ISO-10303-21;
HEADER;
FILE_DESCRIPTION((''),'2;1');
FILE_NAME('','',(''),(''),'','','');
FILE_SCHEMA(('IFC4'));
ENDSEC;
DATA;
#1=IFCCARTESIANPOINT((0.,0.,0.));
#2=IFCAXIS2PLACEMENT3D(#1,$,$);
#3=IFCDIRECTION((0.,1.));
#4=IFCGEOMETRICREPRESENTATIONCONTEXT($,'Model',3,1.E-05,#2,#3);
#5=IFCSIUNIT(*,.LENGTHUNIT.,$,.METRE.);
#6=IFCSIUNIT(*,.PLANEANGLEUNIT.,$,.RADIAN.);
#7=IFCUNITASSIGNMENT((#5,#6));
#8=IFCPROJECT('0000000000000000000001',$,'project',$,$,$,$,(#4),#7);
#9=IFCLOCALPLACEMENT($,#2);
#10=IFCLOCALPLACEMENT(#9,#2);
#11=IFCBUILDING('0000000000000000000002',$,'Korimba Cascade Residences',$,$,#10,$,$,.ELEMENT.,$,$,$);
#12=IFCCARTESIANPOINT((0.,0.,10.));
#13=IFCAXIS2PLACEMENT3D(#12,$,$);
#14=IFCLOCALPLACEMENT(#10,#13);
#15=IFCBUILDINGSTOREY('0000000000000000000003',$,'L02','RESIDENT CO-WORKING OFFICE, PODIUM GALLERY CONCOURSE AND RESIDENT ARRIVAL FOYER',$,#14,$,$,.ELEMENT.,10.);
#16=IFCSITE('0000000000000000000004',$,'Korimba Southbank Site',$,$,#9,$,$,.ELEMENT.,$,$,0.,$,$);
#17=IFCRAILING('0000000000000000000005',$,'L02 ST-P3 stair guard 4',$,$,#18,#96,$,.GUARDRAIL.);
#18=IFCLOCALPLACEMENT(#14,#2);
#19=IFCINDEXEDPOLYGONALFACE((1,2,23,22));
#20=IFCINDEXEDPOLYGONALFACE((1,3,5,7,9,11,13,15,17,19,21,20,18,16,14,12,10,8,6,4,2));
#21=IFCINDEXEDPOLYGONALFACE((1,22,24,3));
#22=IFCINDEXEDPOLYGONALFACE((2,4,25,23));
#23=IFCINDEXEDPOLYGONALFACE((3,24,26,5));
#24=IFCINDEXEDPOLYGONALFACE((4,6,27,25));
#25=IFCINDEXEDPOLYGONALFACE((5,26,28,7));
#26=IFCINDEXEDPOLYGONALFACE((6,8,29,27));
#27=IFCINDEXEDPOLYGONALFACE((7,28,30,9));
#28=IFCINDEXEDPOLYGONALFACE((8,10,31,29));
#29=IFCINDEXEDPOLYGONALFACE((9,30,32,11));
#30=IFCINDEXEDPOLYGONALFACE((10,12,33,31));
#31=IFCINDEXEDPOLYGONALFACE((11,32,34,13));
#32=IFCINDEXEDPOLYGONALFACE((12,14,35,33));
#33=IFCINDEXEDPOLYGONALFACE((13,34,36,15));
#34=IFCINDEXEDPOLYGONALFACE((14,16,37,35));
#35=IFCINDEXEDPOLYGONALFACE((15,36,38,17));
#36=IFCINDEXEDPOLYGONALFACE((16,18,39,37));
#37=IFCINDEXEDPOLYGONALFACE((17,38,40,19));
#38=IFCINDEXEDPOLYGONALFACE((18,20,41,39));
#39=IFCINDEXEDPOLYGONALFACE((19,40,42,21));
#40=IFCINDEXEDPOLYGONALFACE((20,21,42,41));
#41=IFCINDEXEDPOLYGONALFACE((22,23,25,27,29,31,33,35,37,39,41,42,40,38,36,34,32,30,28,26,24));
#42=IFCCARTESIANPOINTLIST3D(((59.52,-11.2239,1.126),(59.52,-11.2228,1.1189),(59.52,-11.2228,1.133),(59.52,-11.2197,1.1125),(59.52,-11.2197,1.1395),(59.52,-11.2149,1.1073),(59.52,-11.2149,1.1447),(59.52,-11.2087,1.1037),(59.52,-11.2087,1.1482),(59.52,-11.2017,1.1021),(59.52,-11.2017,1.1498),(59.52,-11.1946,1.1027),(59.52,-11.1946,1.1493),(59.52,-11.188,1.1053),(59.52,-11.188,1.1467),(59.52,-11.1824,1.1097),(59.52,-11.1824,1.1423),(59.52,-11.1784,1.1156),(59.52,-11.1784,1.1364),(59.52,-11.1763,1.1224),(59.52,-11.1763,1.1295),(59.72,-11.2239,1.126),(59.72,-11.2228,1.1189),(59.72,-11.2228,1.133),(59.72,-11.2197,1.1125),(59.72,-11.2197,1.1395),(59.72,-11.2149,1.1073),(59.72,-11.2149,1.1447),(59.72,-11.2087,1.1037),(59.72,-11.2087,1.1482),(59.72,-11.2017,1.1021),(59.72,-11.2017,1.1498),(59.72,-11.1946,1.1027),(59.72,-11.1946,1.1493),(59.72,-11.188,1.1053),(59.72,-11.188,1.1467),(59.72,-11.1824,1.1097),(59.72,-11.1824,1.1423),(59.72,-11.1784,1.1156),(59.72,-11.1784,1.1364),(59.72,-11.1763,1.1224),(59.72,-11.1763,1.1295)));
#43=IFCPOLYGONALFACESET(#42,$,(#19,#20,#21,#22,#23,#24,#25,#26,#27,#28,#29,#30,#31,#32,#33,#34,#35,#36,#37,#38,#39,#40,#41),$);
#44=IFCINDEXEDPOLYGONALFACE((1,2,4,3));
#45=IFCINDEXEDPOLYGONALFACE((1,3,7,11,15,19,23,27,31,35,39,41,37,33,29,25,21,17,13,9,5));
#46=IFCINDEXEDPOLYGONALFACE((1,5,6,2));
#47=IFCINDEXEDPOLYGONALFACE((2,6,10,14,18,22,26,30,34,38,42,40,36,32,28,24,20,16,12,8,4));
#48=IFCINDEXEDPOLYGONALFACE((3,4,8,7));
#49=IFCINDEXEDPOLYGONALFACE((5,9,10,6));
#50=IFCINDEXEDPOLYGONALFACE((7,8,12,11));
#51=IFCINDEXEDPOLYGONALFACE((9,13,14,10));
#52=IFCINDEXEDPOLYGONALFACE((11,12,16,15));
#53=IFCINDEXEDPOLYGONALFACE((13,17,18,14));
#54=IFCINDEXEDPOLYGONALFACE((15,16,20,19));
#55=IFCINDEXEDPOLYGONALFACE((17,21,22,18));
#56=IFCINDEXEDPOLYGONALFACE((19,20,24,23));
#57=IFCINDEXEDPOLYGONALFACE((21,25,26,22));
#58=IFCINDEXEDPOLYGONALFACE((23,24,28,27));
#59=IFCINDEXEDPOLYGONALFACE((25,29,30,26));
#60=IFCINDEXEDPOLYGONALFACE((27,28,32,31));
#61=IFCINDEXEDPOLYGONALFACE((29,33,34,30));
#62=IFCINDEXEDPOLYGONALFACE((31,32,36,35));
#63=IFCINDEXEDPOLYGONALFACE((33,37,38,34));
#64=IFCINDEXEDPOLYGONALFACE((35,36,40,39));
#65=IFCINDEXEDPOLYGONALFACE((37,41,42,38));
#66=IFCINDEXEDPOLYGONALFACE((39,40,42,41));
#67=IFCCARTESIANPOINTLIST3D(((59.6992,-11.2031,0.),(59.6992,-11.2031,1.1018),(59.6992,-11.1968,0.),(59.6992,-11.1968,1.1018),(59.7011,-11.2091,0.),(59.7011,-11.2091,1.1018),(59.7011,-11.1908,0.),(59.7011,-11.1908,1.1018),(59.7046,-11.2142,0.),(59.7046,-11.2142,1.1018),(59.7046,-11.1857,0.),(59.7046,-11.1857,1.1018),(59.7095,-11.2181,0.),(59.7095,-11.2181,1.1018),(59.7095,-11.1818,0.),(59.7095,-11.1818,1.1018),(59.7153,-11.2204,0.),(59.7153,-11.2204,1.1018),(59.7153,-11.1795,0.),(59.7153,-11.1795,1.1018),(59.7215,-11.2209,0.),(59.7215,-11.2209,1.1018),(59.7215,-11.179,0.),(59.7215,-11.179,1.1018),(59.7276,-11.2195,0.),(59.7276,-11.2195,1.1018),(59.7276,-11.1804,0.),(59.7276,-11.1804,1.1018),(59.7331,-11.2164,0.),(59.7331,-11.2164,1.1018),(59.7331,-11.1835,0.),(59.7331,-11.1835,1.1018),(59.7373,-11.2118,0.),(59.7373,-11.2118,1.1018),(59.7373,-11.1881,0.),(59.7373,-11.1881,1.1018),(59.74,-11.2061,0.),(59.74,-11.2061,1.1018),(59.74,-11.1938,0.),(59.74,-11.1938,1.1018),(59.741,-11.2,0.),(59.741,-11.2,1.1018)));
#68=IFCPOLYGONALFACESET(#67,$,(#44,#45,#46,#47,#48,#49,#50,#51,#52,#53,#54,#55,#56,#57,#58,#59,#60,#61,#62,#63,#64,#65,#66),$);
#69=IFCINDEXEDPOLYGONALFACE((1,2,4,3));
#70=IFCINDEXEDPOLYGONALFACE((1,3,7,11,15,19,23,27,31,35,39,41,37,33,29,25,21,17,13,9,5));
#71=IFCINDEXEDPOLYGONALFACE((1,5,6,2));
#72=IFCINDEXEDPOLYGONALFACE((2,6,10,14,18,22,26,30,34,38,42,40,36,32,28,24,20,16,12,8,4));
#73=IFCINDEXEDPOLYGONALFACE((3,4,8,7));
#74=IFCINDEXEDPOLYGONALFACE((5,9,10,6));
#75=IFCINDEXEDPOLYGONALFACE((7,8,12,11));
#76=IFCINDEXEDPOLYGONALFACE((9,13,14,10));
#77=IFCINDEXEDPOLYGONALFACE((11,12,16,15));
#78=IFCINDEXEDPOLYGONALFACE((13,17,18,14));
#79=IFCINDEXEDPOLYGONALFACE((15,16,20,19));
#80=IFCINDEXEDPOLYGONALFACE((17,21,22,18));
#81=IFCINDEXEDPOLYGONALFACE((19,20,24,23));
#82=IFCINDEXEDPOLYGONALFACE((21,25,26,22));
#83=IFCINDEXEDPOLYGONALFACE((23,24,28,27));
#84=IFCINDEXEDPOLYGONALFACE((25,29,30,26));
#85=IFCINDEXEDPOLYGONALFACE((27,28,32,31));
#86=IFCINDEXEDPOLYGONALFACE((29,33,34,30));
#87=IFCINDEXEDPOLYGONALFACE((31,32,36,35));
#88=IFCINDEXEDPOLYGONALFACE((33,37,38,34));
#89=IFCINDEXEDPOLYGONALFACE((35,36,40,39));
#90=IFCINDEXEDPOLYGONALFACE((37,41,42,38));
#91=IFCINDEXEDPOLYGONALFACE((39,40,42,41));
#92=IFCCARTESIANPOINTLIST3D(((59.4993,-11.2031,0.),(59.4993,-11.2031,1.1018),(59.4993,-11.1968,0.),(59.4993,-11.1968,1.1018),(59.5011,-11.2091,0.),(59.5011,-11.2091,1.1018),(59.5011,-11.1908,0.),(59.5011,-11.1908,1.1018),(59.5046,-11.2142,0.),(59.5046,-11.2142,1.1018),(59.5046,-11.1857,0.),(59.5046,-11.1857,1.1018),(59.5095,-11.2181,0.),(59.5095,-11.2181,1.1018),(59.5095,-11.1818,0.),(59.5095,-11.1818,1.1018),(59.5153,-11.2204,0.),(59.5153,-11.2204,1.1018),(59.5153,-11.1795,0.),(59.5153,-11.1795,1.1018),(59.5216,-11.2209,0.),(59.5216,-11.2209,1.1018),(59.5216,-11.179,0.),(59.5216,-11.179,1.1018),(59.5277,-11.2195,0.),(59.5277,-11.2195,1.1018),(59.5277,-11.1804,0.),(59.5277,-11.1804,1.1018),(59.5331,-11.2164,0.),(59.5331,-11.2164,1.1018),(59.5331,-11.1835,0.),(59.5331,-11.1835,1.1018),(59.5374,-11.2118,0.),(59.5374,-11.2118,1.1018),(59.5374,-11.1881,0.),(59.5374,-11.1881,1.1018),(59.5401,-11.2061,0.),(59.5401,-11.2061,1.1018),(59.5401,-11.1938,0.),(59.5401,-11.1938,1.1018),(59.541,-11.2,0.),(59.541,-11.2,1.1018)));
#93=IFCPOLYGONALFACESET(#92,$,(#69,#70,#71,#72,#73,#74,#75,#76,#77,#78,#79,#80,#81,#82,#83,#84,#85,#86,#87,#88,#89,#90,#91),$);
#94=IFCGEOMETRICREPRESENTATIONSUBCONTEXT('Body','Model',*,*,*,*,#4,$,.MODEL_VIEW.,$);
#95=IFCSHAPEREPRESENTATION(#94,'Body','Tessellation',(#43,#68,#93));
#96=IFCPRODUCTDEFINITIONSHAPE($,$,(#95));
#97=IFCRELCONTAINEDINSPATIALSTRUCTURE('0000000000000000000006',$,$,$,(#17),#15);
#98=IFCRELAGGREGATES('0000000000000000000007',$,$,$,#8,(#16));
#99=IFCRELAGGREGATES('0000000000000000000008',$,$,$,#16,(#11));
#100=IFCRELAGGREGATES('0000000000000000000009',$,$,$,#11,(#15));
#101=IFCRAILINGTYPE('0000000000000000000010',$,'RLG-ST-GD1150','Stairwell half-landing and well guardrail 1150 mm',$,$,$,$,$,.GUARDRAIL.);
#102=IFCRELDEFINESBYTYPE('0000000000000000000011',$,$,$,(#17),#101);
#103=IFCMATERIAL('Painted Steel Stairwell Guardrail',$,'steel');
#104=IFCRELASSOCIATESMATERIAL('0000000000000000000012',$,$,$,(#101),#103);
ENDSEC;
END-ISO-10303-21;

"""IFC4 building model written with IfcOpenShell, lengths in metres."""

from ifc_helpers import new_model, si_unit, direction, frame, origin, origin_2d, place, context, subcontext, project, spatial, circle, extrude, material, type_object, element, save


model = new_model("IFC4")

# Units and contexts
model_context = context("Model", 3, precision=1e-05, world=origin(), true_north=direction((0.0, 1.0)))
body_context = subcontext(model_context, "Body", "Model", "MODEL_VIEW")
ifc_project = project(units=[si_unit("LENGTHUNIT", "METRE"), si_unit("PLANEANGLEUNIT", "RADIAN")], contexts=[model_context])

# Site, building, storey
site_placement = place(None, origin())
site = spatial("IfcSite", under=ifc_project, at=site_placement, Name="Korimba Southbank Site", CompositionType="ELEMENT", RefElevation=0.0)
building_placement = place(site_placement, origin())
building = spatial("IfcBuilding", under=site, at=building_placement, Name="Korimba Cascade Residences", CompositionType="ELEMENT")
storey_placement = place(building_placement, frame((0.0, 0.0, 10.0)))
storey = spatial("IfcBuildingStorey", under=building, at=storey_placement, Name="L02", Description="RESIDENT CO-WORKING OFFICE, PODIUM GALLERY CONCOURSE AND RESIDENT ARRIVAL FOYER", CompositionType="ELEMENT", Elevation=10.0)

# Railing
ifc_material_1 = material(Name="Painted Steel Stairwell Guardrail", Category="steel")
railing_type_1 = type_object("IfcRailingType", Name="RLG-ST-GD1150", Description="Stairwell half-landing and well guardrail 1150 mm", PredefinedType="GUARDRAIL", material=ifc_material_1)
railing_1_placement = place(storey_placement, frame((59.72, -11.2, 0.0)))
element("IfcRailing", 1, at=railing_1_placement, inside=storey, type_object=railing_type_1, Name="L02 ST-P3 stair guard 4", PredefinedType="GUARDRAIL", context=body_context, shape_type="SweptSolid", body=[
    extrude(circle(Radius=0.0239, at=origin_2d()), frame((0.0, 0.0, 1.126), z_axis=(-1.0, 0.0, 0.0), x_axis=(0.0, -1.0, 0.0)), (0.0, 0.0, 1.0), 0.2),
    extrude(circle(Radius=0.021, at=origin_2d()), origin(), (0.0, 0.0, 1.0), 1.1018),
    extrude(circle(Radius=0.021, at=origin_2d()), frame((-0.2, 0.0, 0.0)), (0.0, 0.0, 1.0), 1.1018),
])

save(model, "model.ifc")
